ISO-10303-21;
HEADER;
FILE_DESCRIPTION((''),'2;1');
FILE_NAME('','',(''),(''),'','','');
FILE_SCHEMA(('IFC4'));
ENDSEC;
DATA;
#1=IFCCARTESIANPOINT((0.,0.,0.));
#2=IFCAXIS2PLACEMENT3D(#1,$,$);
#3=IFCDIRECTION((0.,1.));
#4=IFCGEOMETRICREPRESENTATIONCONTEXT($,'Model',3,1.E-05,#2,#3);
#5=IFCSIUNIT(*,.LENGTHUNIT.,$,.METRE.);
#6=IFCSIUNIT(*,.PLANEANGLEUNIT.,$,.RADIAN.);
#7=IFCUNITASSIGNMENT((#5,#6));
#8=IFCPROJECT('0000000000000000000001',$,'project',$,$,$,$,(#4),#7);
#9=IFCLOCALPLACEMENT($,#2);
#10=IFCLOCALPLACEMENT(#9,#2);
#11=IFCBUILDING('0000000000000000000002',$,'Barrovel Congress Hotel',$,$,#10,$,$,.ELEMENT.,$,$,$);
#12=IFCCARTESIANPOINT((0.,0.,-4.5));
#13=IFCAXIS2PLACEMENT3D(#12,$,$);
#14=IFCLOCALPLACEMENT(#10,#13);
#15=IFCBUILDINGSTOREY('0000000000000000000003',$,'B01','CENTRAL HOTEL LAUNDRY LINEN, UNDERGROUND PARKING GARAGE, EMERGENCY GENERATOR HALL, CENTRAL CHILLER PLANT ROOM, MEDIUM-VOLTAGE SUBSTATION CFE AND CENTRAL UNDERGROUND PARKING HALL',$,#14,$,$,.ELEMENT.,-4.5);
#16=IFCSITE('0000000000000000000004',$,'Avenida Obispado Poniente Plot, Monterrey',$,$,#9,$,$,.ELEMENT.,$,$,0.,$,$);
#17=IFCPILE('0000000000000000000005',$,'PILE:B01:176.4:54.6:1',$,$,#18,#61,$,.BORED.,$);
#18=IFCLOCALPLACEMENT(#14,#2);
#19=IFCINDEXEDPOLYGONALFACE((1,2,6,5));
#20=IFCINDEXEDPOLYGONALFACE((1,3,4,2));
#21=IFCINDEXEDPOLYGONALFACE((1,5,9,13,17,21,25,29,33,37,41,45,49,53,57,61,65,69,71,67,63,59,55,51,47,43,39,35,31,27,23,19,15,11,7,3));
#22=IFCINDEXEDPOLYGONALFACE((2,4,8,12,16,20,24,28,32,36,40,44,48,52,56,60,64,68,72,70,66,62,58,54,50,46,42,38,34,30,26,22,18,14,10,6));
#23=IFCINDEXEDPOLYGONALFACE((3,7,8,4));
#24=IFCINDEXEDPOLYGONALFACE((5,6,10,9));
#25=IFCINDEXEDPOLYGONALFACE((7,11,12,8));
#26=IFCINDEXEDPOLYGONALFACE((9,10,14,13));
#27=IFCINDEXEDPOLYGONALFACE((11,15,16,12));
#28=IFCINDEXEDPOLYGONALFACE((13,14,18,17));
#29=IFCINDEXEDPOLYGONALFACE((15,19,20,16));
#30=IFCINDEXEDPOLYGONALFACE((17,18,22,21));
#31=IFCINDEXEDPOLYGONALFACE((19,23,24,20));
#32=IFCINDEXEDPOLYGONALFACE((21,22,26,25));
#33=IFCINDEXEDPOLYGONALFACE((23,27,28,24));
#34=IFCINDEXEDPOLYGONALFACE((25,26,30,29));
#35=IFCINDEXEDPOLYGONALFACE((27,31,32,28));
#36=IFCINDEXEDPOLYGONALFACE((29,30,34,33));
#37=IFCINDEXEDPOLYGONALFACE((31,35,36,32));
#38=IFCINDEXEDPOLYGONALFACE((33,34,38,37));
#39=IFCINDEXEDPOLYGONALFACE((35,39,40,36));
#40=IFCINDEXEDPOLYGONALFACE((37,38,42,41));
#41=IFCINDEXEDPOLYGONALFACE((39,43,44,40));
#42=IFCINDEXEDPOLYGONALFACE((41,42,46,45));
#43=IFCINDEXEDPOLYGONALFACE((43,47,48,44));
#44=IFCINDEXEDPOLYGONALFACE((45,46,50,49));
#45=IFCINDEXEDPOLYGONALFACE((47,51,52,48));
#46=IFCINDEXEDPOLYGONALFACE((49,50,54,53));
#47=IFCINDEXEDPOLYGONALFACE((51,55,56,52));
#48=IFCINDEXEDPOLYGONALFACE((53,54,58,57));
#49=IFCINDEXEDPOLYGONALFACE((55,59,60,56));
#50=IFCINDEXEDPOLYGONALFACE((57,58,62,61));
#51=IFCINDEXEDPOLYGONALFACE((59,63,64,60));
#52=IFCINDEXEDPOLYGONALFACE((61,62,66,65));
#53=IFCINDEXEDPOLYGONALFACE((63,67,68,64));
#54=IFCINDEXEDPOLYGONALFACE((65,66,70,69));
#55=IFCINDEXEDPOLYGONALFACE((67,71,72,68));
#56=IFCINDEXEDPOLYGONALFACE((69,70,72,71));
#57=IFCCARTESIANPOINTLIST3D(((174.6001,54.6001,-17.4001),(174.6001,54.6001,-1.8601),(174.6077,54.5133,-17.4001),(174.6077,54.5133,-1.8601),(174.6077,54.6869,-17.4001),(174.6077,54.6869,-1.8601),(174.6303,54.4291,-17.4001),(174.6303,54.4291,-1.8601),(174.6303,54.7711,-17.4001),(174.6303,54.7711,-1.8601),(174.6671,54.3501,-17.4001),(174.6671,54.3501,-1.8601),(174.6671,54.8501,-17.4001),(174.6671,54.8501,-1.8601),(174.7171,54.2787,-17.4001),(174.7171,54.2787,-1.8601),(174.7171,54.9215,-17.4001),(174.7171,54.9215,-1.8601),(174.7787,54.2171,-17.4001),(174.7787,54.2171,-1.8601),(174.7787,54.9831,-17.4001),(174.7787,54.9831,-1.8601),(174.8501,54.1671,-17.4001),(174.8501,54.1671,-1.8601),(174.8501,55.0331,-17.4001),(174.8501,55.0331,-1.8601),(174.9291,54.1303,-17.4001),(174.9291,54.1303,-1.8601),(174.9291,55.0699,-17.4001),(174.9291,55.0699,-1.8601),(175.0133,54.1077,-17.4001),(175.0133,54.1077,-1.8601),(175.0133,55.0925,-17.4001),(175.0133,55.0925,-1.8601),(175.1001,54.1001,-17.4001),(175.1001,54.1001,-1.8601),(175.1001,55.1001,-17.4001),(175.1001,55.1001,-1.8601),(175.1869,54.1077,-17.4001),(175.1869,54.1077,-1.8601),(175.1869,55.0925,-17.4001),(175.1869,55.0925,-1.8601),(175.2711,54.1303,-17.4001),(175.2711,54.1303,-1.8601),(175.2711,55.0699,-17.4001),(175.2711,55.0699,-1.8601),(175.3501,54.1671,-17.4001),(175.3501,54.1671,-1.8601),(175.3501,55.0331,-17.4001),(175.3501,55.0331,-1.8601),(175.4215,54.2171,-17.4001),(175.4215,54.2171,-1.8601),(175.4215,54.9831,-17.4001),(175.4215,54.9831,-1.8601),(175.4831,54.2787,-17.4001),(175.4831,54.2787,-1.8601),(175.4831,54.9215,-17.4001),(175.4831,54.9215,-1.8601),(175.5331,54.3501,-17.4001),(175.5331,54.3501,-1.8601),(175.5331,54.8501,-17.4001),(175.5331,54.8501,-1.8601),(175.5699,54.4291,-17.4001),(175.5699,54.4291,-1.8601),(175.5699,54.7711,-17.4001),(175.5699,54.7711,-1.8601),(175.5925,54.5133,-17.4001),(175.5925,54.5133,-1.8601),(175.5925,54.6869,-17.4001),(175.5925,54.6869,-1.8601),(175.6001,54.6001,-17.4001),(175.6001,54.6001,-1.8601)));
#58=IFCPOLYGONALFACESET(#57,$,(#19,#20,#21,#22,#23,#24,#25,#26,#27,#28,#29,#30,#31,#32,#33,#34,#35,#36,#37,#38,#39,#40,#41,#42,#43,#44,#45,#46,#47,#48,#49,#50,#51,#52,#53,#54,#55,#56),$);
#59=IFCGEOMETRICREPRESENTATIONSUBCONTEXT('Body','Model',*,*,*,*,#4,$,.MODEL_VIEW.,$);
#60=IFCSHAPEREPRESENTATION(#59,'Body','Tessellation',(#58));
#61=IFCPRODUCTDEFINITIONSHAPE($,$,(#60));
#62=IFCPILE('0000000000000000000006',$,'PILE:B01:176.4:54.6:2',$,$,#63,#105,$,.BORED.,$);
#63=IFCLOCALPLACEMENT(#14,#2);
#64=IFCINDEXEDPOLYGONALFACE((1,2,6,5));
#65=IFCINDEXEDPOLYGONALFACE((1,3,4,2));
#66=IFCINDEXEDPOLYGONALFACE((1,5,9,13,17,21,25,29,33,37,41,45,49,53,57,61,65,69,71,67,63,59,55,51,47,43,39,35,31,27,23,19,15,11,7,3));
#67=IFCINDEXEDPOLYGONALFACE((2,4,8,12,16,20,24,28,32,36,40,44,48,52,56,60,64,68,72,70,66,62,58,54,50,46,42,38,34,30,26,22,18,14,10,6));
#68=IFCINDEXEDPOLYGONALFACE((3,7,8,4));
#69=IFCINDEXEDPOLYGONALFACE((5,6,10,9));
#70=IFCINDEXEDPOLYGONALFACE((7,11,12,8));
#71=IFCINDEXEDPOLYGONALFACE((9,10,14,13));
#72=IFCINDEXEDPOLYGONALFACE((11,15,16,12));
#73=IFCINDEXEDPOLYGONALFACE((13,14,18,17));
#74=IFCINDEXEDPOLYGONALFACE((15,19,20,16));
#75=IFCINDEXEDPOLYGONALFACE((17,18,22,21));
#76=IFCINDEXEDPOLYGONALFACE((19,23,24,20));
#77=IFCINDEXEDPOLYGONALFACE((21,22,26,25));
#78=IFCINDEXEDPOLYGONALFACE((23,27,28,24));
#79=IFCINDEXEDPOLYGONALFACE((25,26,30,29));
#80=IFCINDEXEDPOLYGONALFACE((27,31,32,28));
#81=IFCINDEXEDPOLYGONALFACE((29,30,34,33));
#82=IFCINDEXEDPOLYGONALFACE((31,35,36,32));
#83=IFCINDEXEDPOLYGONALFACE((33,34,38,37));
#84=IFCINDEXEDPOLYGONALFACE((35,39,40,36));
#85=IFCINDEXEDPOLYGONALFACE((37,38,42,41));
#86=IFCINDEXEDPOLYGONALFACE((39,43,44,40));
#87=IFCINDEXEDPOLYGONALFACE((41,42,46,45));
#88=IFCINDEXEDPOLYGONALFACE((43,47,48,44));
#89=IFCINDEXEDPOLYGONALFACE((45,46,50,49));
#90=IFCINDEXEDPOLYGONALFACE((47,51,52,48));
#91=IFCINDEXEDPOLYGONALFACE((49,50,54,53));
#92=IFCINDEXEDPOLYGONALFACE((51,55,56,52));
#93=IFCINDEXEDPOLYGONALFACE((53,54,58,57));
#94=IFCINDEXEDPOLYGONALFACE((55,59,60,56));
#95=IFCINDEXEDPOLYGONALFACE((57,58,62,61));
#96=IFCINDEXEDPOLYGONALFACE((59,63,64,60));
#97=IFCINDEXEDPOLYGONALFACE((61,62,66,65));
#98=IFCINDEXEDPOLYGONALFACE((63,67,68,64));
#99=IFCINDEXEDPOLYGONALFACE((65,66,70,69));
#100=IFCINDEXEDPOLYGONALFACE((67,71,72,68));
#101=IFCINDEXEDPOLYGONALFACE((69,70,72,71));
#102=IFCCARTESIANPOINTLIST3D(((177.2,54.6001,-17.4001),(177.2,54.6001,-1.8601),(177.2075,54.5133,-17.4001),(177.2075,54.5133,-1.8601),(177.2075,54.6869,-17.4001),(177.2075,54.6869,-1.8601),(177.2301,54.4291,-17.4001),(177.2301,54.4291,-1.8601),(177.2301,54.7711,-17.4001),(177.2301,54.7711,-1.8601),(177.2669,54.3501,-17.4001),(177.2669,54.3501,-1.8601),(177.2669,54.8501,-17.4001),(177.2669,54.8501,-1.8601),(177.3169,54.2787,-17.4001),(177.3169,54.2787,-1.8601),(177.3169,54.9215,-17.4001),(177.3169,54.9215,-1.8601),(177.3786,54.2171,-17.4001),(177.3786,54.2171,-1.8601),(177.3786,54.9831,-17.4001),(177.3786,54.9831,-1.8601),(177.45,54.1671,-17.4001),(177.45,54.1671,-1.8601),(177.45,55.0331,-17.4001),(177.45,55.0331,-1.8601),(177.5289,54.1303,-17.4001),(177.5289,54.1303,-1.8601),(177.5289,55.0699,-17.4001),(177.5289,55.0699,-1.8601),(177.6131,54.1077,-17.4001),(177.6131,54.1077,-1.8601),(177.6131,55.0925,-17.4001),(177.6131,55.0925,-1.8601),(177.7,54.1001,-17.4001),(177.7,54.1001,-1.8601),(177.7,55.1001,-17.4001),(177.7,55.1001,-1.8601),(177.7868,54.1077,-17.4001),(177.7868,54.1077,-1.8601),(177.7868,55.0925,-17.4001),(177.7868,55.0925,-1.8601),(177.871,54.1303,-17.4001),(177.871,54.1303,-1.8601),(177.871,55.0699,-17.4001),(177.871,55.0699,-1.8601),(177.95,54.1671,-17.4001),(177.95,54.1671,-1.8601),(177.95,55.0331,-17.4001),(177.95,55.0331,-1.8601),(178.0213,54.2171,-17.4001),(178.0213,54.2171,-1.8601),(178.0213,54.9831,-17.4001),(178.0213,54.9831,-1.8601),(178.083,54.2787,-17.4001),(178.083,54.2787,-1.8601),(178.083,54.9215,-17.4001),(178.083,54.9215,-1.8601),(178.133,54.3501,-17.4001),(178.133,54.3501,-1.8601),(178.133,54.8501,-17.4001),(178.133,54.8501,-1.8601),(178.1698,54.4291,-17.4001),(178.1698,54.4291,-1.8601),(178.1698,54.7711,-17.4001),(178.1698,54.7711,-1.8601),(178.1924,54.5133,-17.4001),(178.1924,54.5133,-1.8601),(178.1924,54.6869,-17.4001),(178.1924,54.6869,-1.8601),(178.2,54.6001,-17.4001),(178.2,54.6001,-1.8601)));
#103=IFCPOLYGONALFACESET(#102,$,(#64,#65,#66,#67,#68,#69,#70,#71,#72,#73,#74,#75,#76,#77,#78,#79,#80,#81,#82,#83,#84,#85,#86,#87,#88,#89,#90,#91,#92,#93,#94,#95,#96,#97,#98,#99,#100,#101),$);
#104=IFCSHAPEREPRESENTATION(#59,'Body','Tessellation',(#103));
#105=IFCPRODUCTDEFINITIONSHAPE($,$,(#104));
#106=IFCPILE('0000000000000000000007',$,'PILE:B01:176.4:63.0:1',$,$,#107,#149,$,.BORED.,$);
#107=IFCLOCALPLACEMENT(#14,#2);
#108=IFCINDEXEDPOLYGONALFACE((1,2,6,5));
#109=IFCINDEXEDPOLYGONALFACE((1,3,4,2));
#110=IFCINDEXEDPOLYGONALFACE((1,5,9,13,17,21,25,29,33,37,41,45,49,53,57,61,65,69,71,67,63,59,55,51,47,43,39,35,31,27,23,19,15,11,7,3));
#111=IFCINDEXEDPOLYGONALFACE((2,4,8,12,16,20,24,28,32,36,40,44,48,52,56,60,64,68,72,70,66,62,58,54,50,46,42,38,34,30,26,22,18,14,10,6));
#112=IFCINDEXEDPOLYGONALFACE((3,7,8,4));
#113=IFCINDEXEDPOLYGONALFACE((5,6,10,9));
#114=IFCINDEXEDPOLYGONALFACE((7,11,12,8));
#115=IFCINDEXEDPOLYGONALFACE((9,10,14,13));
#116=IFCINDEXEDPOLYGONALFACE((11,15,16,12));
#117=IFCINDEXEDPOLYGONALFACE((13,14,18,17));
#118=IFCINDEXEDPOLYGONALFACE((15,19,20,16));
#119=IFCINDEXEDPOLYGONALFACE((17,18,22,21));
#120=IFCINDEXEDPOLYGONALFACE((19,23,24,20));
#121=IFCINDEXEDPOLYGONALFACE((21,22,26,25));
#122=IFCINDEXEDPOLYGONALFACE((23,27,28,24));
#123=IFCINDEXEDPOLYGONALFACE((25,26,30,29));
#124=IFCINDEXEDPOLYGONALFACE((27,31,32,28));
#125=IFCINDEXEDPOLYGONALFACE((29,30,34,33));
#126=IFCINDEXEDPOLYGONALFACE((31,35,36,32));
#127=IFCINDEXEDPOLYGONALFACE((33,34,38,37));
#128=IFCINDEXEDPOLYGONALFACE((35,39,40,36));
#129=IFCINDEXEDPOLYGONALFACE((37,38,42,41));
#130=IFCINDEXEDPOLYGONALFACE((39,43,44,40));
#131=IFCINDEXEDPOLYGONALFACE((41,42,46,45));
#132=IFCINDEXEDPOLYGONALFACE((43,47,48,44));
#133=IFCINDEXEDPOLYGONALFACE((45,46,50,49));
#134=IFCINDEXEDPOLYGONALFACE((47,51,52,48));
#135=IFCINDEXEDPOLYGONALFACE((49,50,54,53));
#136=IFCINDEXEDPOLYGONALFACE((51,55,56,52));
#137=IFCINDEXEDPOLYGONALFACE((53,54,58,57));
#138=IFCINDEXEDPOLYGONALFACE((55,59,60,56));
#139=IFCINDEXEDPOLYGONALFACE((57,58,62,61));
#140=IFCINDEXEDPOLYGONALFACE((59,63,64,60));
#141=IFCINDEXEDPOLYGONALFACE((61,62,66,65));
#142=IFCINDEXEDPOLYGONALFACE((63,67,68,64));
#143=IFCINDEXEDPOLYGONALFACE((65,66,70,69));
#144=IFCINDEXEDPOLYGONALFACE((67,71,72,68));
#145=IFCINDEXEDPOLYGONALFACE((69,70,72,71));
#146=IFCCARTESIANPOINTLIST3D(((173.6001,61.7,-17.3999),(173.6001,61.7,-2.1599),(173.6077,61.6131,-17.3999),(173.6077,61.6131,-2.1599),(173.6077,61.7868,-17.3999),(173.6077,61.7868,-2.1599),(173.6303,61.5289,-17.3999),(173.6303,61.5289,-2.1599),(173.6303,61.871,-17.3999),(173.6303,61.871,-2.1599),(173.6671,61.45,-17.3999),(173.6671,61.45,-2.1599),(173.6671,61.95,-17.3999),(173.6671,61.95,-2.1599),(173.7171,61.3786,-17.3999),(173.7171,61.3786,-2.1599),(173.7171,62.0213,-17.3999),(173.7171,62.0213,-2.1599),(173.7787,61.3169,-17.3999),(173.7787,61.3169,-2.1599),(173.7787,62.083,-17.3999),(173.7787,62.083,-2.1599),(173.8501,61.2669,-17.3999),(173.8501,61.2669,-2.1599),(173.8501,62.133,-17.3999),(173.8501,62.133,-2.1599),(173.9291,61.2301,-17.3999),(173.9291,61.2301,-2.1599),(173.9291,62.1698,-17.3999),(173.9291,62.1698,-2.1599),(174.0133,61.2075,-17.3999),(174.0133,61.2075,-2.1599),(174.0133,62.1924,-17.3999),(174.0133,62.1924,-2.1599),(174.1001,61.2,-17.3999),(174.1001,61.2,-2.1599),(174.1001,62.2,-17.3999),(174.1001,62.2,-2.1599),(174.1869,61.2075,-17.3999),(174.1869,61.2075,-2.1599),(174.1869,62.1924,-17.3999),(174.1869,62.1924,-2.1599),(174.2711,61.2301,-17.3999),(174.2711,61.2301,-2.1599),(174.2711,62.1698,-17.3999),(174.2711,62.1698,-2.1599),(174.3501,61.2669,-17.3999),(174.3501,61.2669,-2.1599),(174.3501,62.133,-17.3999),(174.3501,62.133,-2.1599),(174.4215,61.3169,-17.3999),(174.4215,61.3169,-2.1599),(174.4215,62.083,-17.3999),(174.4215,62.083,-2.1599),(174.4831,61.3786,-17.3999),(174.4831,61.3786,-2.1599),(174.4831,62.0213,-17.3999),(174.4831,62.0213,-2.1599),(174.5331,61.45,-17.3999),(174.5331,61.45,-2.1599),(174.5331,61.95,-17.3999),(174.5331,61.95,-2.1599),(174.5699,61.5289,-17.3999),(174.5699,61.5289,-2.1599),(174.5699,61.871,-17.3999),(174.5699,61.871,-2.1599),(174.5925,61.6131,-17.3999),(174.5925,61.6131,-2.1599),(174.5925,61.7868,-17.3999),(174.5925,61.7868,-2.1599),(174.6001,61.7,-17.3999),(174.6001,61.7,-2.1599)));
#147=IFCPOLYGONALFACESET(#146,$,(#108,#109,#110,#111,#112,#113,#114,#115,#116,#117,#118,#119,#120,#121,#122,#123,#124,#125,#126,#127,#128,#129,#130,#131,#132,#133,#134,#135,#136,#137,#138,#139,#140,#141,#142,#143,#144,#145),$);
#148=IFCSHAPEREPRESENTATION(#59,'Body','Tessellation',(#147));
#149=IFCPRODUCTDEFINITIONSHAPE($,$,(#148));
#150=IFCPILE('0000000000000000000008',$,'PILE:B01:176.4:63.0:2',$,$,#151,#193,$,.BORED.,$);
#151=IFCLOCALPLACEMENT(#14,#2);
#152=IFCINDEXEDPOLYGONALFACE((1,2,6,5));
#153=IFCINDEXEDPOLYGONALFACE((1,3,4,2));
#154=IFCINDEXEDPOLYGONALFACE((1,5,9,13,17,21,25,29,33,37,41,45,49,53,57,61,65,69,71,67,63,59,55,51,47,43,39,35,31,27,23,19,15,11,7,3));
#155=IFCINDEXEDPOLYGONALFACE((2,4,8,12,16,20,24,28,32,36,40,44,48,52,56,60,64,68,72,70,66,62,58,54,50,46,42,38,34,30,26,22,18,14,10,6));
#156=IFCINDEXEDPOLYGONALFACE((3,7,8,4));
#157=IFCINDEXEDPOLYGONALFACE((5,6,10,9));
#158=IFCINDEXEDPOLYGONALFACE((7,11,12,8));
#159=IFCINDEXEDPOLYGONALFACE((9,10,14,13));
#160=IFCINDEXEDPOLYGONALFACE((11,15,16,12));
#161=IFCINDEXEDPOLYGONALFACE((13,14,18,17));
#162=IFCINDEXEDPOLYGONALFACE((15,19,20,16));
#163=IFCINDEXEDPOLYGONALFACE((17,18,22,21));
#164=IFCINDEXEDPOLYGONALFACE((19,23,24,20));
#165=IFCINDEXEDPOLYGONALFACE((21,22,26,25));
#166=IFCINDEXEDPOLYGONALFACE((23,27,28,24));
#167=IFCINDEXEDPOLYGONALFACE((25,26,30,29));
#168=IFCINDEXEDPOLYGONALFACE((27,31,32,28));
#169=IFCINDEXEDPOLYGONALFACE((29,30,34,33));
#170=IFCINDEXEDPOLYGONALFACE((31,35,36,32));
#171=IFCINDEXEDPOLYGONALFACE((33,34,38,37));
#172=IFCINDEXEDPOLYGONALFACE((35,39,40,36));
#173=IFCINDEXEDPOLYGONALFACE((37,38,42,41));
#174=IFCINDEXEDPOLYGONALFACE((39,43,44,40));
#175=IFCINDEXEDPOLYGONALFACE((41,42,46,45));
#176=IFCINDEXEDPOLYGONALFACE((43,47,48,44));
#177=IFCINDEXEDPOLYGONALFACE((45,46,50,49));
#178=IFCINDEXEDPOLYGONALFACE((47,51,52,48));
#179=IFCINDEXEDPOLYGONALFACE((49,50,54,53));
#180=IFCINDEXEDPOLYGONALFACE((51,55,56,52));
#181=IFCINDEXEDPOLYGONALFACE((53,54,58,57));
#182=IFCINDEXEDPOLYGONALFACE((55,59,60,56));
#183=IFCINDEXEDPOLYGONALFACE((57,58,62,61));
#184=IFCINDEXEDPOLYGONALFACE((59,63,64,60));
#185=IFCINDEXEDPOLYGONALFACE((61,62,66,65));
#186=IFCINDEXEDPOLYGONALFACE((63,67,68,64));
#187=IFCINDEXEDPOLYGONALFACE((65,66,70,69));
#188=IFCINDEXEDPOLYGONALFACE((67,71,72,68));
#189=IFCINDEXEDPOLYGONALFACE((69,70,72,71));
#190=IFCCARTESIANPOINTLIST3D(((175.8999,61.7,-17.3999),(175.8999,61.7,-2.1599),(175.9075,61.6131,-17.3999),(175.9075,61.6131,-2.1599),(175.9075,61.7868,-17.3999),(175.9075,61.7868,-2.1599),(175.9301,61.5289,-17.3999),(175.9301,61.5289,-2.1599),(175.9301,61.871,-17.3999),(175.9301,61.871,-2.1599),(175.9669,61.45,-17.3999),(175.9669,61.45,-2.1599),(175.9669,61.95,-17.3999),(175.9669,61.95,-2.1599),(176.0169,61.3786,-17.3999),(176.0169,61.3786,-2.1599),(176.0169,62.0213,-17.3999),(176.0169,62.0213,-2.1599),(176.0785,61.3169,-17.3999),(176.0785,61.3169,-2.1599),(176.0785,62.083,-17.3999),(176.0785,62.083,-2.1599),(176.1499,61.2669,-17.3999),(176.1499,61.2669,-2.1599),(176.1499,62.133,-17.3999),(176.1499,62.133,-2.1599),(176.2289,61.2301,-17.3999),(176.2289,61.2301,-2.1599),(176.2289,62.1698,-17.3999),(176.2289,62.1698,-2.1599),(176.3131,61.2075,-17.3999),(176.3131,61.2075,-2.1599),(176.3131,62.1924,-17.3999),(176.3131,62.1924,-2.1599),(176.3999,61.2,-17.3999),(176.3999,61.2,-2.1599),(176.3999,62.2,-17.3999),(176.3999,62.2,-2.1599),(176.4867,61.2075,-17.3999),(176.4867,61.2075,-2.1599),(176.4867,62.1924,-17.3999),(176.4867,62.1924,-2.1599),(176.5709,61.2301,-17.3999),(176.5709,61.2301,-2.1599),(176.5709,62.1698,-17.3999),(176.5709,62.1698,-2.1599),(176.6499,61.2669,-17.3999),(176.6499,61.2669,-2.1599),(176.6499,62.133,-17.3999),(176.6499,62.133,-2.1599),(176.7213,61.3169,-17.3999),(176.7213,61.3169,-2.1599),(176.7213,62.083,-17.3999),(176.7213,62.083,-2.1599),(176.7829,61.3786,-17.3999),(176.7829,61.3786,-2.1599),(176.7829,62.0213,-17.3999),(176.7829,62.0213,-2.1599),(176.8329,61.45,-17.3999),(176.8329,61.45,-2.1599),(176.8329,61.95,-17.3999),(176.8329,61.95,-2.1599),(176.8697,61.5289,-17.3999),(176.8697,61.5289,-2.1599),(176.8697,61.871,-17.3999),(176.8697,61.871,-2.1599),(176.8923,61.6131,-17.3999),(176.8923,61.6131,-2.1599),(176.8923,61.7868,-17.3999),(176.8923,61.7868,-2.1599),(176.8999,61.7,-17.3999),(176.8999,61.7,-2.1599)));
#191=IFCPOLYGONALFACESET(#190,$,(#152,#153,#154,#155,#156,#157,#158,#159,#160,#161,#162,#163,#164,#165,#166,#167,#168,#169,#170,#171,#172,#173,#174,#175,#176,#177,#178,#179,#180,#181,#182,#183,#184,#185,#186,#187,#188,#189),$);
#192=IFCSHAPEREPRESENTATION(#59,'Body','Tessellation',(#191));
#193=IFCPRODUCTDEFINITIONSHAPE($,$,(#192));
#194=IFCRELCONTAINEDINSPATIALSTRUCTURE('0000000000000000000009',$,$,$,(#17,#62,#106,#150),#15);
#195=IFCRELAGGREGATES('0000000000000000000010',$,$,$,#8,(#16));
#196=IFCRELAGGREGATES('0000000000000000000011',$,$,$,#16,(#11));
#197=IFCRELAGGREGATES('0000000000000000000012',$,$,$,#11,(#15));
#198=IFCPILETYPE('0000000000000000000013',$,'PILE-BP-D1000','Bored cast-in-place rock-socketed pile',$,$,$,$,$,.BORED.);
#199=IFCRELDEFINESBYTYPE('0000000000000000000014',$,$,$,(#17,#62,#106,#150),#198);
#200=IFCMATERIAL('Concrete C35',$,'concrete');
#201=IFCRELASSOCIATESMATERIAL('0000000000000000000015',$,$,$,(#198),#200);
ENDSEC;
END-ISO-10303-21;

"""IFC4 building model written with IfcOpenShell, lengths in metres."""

from ifc_helpers import new_model, si_unit, direction, frame, origin, origin_2d, place, context, subcontext, project, spatial, circle, extrude, material, material_profile, profile_set, type_object, element, save


model = new_model("IFC4")

# Units and contexts
model_context = context("Model", 3, precision=1e-05, world=origin(), true_north=direction((0.0, 1.0)))
body_context = subcontext(model_context, "Body", "Model", "MODEL_VIEW")
ifc_project = project(units=[si_unit("LENGTHUNIT", "METRE"), si_unit("PLANEANGLEUNIT", "RADIAN")], contexts=[model_context])

# Site, building, storey
site_placement = place(None, origin())
site = spatial("IfcSite", under=ifc_project, at=site_placement, Name="Avenida Obispado Poniente Plot, Monterrey", CompositionType="ELEMENT", RefElevation=0.0)
building_placement = place(site_placement, origin())
building = spatial("IfcBuilding", under=site, at=building_placement, Name="Barrovel Congress Hotel", CompositionType="ELEMENT")
storey_placement = place(building_placement, frame((0.0, 0.0, -4.5)))
storey = spatial("IfcBuildingStorey", under=building, at=storey_placement, Name="B01", Description="CENTRAL HOTEL LAUNDRY LINEN, UNDERGROUND PARKING GARAGE, EMERGENCY GENERATOR HALL, CENTRAL CHILLER PLANT ROOM, MEDIUM-VOLTAGE SUBSTATION CFE AND CENTRAL UNDERGROUND PARKING HALL", CompositionType="ELEMENT", Elevation=-4.5)

# Piles
ifc_material_1 = material(Name="Concrete C35", Category="concrete")
ifc_material_profile_1 = material_profile(ifc_material_1, circle(Radius=0.5, at=origin_2d()), Name="BP-D1000")
ifc_profile_set_1 = profile_set([ifc_material_profile_1], Name="Concrete C35")
pile_type_1 = type_object("IfcPileType", Name="PILE-BP-D1000", Description="Bored cast-in-place rock-socketed pile", PredefinedType="BORED", material=ifc_profile_set_1)
for number, where, z_axis, x_axis, name in (
    (1, (175.1001, 54.6001, -1.8601), (0.0, 0.0, -1.0), (1.0, 0.0, 0.0), "PILE:B01:176.4:54.6:1"),
    (2, (177.7, 54.6001, -1.8601), (0.0, 0.0, -1.0), (1.0, 0.0, 0.0), "PILE:B01:176.4:54.6:2"),
):
    element("IfcPile", number, at=place(storey_placement, frame(where, z_axis=z_axis, x_axis=x_axis)), inside=storey, type_object=pile_type_1, Name=name, PredefinedType="BORED", context=body_context, shape_type="SweptSolid", body=[
        extrude(circle(Radius=0.5, at=origin_2d()), origin(), (0.0, 0.0, 1.0), 15.54),
    ])
for number, where, z_axis, x_axis, name in (
    (3, (174.1001, 61.7, -2.1599), (0.0, 0.0, -1.0), (1.0, 0.0, 0.0), "PILE:B01:176.4:63.0:1"),
    (4, (176.3999, 61.7, -2.1599), (0.0, 0.0, -1.0), (1.0, 0.0, 0.0), "PILE:B01:176.4:63.0:2"),
):
    element("IfcPile", number, at=place(storey_placement, frame(where, z_axis=z_axis, x_axis=x_axis)), inside=storey, type_object=pile_type_1, Name=name, PredefinedType="BORED", context=body_context, shape_type="SweptSolid", body=[
        extrude(circle(Radius=0.5, at=origin_2d()), origin(), (0.0, 0.0, 1.0), 15.24),
    ])

save(model, "model.ifc")
